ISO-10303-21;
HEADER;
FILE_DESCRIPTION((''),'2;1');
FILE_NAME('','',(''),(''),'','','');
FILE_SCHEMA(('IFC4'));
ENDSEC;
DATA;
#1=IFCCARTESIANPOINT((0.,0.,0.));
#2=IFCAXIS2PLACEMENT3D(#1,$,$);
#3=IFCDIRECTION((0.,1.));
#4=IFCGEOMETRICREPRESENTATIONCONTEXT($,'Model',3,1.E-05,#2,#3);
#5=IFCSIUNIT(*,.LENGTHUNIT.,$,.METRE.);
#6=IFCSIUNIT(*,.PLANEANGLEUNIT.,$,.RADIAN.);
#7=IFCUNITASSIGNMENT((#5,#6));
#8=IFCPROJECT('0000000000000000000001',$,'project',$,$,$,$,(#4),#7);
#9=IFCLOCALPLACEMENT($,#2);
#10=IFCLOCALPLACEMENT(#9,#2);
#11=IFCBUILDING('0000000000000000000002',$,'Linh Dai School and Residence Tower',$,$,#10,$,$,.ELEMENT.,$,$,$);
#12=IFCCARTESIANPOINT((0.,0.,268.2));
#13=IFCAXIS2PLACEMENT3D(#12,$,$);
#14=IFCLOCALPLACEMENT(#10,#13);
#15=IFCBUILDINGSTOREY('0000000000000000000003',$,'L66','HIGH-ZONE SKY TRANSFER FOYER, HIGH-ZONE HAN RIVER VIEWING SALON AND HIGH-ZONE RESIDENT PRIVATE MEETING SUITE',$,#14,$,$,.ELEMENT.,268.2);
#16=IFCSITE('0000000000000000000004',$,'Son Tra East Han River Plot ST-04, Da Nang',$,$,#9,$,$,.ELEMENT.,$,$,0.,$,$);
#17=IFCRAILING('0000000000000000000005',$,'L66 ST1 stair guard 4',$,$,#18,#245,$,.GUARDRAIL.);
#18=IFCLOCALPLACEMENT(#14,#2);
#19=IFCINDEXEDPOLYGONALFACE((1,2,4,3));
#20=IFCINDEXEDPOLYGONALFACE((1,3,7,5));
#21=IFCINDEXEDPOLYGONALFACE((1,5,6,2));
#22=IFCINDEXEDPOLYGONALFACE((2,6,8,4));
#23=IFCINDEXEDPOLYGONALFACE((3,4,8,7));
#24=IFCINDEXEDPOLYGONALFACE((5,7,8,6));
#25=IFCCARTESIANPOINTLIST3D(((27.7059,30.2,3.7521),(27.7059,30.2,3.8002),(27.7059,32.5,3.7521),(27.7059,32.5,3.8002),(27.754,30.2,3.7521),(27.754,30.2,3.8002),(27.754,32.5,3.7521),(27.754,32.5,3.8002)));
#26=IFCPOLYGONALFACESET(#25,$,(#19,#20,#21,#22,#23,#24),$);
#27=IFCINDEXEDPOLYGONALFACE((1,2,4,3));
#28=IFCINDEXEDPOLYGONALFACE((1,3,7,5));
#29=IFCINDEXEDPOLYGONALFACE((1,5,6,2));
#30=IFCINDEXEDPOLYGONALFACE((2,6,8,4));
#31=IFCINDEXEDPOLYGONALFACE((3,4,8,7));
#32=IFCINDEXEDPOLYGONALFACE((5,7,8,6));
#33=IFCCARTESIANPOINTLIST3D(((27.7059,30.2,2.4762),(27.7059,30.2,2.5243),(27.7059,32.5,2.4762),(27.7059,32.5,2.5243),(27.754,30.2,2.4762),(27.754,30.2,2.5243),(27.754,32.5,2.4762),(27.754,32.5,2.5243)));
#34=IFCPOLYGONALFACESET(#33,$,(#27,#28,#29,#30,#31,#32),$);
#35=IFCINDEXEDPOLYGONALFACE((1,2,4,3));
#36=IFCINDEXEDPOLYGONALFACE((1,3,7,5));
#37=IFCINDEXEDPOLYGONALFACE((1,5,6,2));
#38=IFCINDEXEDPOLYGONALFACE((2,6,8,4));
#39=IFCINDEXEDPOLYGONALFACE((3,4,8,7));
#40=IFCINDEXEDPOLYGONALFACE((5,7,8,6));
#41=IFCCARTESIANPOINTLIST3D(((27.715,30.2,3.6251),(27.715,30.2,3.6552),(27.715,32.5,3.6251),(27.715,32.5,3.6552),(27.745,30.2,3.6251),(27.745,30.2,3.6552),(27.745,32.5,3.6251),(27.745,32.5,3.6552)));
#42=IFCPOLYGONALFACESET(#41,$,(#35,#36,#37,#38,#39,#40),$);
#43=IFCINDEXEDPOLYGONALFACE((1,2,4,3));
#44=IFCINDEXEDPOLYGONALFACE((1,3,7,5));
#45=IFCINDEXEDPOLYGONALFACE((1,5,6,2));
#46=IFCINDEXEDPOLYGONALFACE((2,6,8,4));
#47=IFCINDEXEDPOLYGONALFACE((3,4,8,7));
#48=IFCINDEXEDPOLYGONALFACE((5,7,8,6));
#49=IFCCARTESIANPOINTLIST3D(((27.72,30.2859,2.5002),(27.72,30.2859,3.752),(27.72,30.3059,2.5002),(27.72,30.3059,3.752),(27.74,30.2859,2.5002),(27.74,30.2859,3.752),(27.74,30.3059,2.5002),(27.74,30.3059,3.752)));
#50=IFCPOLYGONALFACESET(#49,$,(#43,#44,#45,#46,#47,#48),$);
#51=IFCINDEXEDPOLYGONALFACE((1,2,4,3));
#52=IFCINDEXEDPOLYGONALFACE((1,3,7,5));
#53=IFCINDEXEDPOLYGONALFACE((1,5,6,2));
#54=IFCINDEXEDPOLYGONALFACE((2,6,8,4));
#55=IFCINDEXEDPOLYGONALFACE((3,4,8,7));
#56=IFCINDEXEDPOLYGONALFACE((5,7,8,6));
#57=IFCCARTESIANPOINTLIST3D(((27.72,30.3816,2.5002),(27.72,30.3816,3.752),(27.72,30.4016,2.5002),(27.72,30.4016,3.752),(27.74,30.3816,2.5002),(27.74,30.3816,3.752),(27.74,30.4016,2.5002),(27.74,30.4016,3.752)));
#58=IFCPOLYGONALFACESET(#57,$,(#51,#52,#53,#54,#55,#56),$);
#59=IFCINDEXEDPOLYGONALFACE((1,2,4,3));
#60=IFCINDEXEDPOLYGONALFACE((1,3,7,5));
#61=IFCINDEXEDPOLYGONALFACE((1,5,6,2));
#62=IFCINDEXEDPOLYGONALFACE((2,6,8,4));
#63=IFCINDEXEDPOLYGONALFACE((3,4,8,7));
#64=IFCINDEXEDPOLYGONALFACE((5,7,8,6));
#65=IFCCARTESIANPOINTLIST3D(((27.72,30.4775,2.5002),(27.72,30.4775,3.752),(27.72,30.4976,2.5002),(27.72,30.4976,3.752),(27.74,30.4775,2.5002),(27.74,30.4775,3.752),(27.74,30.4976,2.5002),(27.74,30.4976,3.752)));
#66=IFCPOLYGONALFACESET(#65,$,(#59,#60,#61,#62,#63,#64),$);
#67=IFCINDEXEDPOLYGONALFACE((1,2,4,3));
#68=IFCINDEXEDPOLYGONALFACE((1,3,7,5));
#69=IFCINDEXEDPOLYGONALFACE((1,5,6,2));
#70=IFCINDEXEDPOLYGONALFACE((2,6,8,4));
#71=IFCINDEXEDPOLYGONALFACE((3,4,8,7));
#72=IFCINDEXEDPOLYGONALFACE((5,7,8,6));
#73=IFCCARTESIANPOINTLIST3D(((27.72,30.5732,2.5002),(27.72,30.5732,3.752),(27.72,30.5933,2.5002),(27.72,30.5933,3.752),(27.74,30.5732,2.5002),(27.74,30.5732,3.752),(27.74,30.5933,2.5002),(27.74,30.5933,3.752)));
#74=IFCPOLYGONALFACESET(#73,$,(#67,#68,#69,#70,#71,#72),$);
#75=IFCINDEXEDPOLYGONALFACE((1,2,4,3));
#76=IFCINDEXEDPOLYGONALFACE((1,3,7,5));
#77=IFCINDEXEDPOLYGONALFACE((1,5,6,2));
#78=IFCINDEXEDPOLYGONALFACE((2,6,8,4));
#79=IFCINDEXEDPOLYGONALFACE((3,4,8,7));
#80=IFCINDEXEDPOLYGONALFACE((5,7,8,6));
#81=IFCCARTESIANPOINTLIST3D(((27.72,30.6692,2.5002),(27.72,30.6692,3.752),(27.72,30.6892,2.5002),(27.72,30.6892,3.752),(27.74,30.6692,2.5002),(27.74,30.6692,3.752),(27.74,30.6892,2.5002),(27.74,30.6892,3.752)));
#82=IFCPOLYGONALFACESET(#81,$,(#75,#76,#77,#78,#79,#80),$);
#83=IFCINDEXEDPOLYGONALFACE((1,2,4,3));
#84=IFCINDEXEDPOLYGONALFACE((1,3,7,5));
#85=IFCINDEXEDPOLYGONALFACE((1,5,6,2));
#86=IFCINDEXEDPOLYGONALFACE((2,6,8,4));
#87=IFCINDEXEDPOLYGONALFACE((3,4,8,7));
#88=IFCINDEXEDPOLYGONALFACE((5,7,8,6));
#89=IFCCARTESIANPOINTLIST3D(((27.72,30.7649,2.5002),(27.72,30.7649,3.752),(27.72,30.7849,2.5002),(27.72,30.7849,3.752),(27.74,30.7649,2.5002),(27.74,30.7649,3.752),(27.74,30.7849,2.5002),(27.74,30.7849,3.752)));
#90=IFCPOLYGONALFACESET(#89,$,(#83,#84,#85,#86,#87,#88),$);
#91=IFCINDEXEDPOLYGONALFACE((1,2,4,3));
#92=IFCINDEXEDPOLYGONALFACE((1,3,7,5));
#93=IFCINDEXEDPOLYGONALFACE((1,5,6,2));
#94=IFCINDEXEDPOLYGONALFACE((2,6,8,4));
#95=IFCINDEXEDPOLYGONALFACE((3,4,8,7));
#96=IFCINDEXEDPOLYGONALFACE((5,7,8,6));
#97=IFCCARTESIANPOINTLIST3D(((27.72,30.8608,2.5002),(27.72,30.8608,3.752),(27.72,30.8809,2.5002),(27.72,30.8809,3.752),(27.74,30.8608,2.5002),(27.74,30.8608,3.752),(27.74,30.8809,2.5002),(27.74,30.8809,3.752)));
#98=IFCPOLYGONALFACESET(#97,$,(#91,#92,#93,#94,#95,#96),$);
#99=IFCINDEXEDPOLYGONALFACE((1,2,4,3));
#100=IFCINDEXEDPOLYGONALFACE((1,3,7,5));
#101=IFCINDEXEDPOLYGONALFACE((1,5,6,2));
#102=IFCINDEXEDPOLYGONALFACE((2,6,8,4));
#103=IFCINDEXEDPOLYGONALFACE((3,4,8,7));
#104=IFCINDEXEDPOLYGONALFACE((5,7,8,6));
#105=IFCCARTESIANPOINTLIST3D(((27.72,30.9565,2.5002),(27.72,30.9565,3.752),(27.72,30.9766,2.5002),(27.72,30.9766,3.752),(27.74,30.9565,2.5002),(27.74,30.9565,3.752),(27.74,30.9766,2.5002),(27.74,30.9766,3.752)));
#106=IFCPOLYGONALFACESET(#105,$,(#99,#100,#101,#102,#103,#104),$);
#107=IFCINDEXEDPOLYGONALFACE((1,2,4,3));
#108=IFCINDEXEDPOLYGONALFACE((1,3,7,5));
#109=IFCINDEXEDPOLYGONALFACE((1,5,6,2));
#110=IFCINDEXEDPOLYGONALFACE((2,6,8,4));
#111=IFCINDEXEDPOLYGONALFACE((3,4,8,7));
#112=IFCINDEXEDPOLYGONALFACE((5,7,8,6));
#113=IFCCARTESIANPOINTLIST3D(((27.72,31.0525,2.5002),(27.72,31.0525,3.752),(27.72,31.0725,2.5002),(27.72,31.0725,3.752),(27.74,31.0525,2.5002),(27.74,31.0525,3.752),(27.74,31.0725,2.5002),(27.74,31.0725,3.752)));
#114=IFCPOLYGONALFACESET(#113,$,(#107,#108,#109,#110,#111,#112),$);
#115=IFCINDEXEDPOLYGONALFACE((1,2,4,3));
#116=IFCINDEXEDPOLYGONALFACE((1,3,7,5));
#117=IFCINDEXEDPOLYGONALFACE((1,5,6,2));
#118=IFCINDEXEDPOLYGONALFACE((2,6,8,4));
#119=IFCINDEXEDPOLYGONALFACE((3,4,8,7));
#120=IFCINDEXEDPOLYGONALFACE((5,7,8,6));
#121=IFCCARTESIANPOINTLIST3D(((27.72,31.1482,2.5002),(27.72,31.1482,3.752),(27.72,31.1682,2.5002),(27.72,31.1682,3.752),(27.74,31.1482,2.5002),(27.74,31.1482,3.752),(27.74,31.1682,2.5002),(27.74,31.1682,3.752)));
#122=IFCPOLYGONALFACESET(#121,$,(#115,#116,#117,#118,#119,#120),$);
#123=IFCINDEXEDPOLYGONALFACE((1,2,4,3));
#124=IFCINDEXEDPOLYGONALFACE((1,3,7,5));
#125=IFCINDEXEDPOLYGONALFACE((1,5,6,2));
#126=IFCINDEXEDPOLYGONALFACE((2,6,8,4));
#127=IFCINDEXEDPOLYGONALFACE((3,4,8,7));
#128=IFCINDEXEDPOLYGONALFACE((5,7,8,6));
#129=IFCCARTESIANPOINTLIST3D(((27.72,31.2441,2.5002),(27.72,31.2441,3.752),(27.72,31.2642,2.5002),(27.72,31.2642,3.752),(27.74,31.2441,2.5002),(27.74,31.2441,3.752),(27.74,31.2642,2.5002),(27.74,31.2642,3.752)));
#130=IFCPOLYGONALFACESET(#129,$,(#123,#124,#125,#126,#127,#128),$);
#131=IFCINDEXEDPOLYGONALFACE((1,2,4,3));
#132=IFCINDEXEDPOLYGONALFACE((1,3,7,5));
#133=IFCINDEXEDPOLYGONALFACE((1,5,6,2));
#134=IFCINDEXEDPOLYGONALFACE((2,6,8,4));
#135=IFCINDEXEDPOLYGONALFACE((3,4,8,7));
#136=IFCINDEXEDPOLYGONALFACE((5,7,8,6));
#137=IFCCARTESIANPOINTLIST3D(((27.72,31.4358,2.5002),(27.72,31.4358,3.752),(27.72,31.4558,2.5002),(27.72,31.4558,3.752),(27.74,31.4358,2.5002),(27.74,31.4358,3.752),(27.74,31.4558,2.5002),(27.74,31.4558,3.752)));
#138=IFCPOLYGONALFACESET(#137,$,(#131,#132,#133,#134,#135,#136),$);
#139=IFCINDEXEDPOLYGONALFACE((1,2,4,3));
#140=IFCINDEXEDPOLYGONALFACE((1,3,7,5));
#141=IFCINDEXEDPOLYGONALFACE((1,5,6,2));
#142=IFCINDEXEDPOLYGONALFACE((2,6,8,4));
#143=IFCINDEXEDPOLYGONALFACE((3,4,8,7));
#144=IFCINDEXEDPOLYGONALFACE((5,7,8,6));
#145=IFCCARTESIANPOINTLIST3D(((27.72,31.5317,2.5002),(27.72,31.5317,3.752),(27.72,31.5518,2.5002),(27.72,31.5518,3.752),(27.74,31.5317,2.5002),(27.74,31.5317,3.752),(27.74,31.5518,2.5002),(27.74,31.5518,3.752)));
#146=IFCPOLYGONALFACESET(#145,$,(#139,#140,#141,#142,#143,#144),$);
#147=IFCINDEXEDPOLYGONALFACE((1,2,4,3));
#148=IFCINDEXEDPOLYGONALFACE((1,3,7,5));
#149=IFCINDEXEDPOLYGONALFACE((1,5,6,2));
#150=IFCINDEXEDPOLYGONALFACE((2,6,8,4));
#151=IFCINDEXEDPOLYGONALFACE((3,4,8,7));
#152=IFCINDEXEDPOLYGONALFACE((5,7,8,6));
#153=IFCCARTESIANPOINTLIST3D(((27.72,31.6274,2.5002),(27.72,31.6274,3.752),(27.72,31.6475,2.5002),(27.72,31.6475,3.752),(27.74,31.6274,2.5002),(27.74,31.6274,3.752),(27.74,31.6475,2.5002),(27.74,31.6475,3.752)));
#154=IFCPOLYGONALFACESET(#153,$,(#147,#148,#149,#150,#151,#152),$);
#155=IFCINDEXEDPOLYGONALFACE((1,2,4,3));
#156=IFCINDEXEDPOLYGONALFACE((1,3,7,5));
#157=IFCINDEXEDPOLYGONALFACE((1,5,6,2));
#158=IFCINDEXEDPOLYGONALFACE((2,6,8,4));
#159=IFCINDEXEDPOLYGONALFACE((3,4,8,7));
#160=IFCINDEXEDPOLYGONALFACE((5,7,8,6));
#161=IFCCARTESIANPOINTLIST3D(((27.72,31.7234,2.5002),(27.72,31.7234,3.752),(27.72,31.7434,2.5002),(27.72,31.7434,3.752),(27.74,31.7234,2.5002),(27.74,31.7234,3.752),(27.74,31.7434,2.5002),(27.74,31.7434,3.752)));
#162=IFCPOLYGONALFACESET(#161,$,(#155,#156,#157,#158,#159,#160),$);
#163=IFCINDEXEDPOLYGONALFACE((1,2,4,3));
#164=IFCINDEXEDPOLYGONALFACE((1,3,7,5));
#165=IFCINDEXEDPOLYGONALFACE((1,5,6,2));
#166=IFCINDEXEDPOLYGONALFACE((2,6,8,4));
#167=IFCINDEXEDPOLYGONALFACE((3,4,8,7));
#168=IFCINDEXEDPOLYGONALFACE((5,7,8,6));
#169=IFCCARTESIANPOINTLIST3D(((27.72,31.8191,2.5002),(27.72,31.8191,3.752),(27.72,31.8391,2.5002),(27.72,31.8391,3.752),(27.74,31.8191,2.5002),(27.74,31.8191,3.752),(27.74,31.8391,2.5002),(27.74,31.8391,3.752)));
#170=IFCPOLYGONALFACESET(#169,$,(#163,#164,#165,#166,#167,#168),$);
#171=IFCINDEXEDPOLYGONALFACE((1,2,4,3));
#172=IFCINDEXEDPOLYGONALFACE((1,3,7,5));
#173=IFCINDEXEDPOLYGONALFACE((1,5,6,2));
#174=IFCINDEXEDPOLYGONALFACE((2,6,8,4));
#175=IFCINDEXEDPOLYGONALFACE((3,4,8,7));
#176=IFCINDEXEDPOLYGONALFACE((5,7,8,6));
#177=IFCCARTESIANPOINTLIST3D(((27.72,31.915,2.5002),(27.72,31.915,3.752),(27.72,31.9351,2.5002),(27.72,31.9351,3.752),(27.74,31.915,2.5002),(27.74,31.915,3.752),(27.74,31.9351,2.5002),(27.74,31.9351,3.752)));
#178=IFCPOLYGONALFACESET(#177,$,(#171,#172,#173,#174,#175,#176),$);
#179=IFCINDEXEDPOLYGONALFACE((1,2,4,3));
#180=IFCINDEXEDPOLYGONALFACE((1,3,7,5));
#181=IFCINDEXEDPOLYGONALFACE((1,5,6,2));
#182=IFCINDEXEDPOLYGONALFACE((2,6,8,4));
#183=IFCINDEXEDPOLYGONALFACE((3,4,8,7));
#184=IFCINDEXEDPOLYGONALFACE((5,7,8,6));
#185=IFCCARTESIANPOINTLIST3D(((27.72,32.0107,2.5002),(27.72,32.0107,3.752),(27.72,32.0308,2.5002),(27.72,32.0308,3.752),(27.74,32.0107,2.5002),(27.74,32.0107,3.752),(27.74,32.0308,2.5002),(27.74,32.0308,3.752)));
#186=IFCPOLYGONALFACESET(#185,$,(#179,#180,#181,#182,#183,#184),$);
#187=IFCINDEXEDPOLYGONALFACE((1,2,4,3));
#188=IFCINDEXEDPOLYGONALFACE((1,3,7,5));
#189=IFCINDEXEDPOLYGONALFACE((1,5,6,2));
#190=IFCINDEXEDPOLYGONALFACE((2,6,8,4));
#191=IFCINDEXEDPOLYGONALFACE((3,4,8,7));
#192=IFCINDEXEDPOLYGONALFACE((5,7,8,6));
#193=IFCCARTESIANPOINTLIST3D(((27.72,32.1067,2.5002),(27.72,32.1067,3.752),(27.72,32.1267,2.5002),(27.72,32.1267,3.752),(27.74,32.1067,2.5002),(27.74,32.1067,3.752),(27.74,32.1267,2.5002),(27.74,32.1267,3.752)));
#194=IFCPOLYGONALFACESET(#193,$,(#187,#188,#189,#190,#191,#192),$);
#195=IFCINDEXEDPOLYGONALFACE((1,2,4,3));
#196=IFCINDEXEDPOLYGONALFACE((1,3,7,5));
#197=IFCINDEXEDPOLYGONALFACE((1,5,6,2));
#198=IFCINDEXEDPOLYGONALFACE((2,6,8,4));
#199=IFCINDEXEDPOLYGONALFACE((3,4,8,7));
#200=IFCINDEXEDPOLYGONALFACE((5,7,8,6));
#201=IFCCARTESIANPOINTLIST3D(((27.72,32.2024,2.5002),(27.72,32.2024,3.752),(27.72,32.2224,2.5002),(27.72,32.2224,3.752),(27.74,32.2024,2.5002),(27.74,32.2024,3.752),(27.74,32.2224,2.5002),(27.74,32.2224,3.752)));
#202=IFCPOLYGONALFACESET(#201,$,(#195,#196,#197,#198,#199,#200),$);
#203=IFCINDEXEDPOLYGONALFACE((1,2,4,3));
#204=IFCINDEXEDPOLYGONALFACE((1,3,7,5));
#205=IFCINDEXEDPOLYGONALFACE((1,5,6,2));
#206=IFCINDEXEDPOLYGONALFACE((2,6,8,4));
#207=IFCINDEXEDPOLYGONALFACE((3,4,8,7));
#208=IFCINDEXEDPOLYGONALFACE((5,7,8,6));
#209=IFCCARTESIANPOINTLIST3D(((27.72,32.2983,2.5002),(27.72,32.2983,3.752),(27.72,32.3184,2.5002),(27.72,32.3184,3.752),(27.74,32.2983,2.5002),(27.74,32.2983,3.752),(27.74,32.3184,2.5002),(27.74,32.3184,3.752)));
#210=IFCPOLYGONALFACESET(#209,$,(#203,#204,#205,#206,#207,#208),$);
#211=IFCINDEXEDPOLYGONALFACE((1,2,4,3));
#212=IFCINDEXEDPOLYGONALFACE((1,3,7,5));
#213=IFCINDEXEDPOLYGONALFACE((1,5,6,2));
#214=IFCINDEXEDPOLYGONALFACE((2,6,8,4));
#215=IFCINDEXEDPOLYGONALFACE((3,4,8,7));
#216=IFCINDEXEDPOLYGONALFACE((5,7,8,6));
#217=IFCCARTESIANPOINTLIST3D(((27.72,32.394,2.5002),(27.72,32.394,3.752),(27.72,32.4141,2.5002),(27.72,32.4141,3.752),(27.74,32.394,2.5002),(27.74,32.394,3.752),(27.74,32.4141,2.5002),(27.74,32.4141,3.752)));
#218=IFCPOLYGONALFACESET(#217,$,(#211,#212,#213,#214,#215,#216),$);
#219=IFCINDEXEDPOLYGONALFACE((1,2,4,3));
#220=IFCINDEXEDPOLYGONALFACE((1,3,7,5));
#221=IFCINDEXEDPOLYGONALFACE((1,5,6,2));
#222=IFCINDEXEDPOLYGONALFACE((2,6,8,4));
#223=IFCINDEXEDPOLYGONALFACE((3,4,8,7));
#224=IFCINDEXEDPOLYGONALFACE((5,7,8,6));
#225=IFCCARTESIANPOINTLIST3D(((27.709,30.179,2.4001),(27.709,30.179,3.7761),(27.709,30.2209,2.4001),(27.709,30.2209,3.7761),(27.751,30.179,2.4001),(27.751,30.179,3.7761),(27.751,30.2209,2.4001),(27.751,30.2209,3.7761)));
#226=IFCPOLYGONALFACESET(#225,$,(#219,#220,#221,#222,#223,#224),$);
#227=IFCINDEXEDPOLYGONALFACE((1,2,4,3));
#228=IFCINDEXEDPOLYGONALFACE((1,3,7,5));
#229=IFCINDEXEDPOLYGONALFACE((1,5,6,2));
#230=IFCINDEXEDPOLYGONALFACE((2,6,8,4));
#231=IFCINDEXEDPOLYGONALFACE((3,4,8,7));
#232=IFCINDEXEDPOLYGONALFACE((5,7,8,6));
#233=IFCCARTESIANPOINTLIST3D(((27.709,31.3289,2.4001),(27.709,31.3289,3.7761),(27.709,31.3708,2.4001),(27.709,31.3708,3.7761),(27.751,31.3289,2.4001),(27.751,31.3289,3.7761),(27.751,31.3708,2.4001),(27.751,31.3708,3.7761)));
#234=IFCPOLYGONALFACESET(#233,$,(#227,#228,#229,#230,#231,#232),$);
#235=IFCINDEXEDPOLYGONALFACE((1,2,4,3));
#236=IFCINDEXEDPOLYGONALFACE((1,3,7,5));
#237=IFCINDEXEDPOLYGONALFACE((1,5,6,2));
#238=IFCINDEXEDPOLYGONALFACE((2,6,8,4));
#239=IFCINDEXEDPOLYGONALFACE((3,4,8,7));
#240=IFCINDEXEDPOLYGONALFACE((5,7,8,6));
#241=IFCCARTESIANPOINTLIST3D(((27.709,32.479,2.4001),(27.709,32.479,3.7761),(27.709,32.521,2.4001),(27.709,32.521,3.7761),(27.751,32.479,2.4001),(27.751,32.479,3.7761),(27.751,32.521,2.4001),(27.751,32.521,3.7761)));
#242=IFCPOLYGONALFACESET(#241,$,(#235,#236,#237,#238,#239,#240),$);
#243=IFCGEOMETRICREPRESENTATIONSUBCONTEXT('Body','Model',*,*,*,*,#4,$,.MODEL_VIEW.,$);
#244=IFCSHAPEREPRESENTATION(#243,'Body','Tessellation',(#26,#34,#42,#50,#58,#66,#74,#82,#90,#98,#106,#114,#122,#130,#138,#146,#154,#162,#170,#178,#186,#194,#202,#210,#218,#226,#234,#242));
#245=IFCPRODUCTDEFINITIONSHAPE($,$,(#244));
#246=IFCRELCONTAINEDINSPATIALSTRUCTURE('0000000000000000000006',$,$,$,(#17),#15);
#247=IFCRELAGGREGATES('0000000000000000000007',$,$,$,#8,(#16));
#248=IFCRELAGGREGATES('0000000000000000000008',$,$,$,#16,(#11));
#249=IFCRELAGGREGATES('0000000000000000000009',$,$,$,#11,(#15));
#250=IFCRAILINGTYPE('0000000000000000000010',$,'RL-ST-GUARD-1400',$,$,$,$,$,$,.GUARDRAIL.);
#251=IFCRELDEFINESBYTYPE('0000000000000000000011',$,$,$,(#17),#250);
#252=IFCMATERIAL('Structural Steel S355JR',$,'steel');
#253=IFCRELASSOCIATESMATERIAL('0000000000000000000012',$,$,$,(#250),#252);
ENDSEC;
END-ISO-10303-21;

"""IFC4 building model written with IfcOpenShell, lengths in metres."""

from ifc_helpers import new_model, si_unit, direction, frame, origin, origin_2d, place, context, subcontext, project, spatial, rectangle, extrude, source, transform, mapped, material, type_object, element, save


model = new_model("IFC4")

# Units and contexts
model_context = context("Model", 3, precision=1e-05, world=origin(), true_north=direction((0.0, 1.0)))
body_context = subcontext(model_context, "Body", "Model", "MODEL_VIEW")
ifc_project = project(units=[si_unit("LENGTHUNIT", "METRE"), si_unit("PLANEANGLEUNIT", "RADIAN")], contexts=[model_context])

# Site, building, storey
site_placement = place(None, origin())
site = spatial("IfcSite", under=ifc_project, at=site_placement, Name="Son Tra East Han River Plot ST-04, Da Nang", CompositionType="ELEMENT", RefElevation=0.0)
building_placement = place(site_placement, origin())
building = spatial("IfcBuilding", under=site, at=building_placement, Name="Linh Dai School and Residence Tower", CompositionType="ELEMENT")
storey_placement = place(building_placement, frame((0.0, 0.0, 268.2)))
storey = spatial("IfcBuildingStorey", under=building, at=storey_placement, Name="L66", Description="HIGH-ZONE SKY TRANSFER FOYER, HIGH-ZONE HAN RIVER VIEWING SALON AND HIGH-ZONE RESIDENT PRIVATE MEETING SUITE", CompositionType="ELEMENT", Elevation=268.2)

# Shared definitions
ifc_material_1 = material(Name="Structural Steel S355JR", Category="steel")

# Railing
railing_type_1 = type_object("IfcRailingType", Name="RL-ST-GUARD-1400", PredefinedType="GUARDRAIL", material=ifc_material_1)
shared_shape_1 = source(origin(), body_context, "Body", "SweptSolid", [
    extrude(rectangle(XDim=0.0481, YDim=0.0481, at=origin_2d()), frame((0.0, 0.0, 1.376), z_axis=(0.0, 1.0, 0.0), x_axis=(-1.0, 0.0, 0.0)), (0.0, 0.0, 1.0), 2.3),
    extrude(rectangle(XDim=0.0481, YDim=0.0481, at=origin_2d()), frame((0.0, 0.0, 0.1001), z_axis=(0.0, 1.0, 0.0), x_axis=(-1.0, 0.0, 0.0)), (0.0, 0.0, 1.0), 2.3),
    extrude(rectangle(XDim=0.03, YDim=0.03, at=origin_2d()), frame((0.0, 0.0, 1.24), z_axis=(0.0, 1.0, 0.0), x_axis=(-1.0, 0.0, 0.0)), (0.0, 0.0, 1.0), 2.3),
    extrude(rectangle(XDim=0.02, YDim=0.02, at=origin_2d()), frame((0.0, 0.0959, 0.1001)), (0.0, 0.0, 1.0), 1.2517),
    extrude(rectangle(XDim=0.02, YDim=0.02, at=origin_2d()), frame((0.0, 0.1917, 0.1001)), (0.0, 0.0, 1.0), 1.2517),
    extrude(rectangle(XDim=0.02, YDim=0.02, at=origin_2d()), frame((0.0, 0.2876, 0.1001)), (0.0, 0.0, 1.0), 1.2517),
    extrude(rectangle(XDim=0.02, YDim=0.02, at=origin_2d()), frame((0.0, 0.3833, 0.1001)), (0.0, 0.0, 1.0), 1.2517),
    extrude(rectangle(XDim=0.02, YDim=0.02, at=origin_2d()), frame((0.0, 0.4792, 0.1001)), (0.0, 0.0, 1.0), 1.2517),
    extrude(rectangle(XDim=0.02, YDim=0.02, at=origin_2d()), frame((0.0, 0.575, 0.1001)), (0.0, 0.0, 1.0), 1.2517),
    extrude(rectangle(XDim=0.02, YDim=0.02, at=origin_2d()), frame((0.0, 0.6709, 0.1001)), (0.0, 0.0, 1.0), 1.2517),
    extrude(rectangle(XDim=0.02, YDim=0.02, at=origin_2d()), frame((0.0, 0.7666, 0.1001)), (0.0, 0.0, 1.0), 1.2517),
    extrude(rectangle(XDim=0.02, YDim=0.02, at=origin_2d()), frame((0.0, 0.8625, 0.1001)), (0.0, 0.0, 1.0), 1.2517),
    extrude(rectangle(XDim=0.02, YDim=0.02, at=origin_2d()), frame((0.0, 0.9583, 0.1001)), (0.0, 0.0, 1.0), 1.2517),
    extrude(rectangle(XDim=0.02, YDim=0.02, at=origin_2d()), frame((0.0, 1.0542, 0.1001)), (0.0, 0.0, 1.0), 1.2517),
    extrude(rectangle(XDim=0.02, YDim=0.02, at=origin_2d()), frame((0.0, 1.2458, 0.1001)), (0.0, 0.0, 1.0), 1.2517),
    extrude(rectangle(XDim=0.02, YDim=0.02, at=origin_2d()), frame((0.0, 1.3418, 0.1001)), (0.0, 0.0, 1.0), 1.2517),
    extrude(rectangle(XDim=0.02, YDim=0.02, at=origin_2d()), frame((0.0, 1.4375, 0.1001)), (0.0, 0.0, 1.0), 1.2517),
    extrude(rectangle(XDim=0.02, YDim=0.02, at=origin_2d()), frame((0.0, 1.5334, 0.1001)), (0.0, 0.0, 1.0), 1.2517),
    extrude(rectangle(XDim=0.02, YDim=0.02, at=origin_2d()), frame((0.0, 1.6292, 0.1001)), (0.0, 0.0, 1.0), 1.2517),
    extrude(rectangle(XDim=0.02, YDim=0.02, at=origin_2d()), frame((0.0, 1.7251, 0.1001)), (0.0, 0.0, 1.0), 1.2517),
    extrude(rectangle(XDim=0.02, YDim=0.02, at=origin_2d()), frame((0.0, 1.8208, 0.1001)), (0.0, 0.0, 1.0), 1.2517),
    extrude(rectangle(XDim=0.02, YDim=0.02, at=origin_2d()), frame((0.0, 1.9167, 0.1001)), (0.0, 0.0, 1.0), 1.2517),
    extrude(rectangle(XDim=0.02, YDim=0.02, at=origin_2d()), frame((0.0, 2.0125, 0.1001)), (0.0, 0.0, 1.0), 1.2517),
    extrude(rectangle(XDim=0.02, YDim=0.02, at=origin_2d()), frame((0.0, 2.1084, 0.1001)), (0.0, 0.0, 1.0), 1.2517),
    extrude(rectangle(XDim=0.02, YDim=0.02, at=origin_2d()), frame((0.0, 2.2041, 0.1001)), (0.0, 0.0, 1.0), 1.2517),
    extrude(rectangle(XDim=0.042, YDim=0.042, at=origin_2d()), origin(), (0.0, 0.0, 1.0), 1.376),
    extrude(rectangle(XDim=0.042, YDim=0.042, at=origin_2d()), frame((0.0, 1.1499, 0.0)), (0.0, 0.0, 1.0), 1.376),
    extrude(rectangle(XDim=0.042, YDim=0.042, at=origin_2d()), frame((0.0, 2.3, 0.0)), (0.0, 0.0, 1.0), 1.376),
])
for number, where, name in (
    (1, (27.73, 30.2, 2.4001), "L66 ST1 stair guard 4"),
):
    element("IfcRailing", number, at=place(storey_placement, frame(where)), inside=storey, type_object=railing_type_1, Name=name, PredefinedType="GUARDRAIL", context=body_context, shape_type="MappedRepresentation", body=[
        mapped(shared_shape_1, transform((0.0, 0.0, 0.0), x_axis=(1.0, 0.0, 0.0), y_axis=(0.0, 1.0, 0.0), z_axis=(0.0, 0.0, 1.0), scale=1.0)),
    ])

save(model, "model.ifc")
